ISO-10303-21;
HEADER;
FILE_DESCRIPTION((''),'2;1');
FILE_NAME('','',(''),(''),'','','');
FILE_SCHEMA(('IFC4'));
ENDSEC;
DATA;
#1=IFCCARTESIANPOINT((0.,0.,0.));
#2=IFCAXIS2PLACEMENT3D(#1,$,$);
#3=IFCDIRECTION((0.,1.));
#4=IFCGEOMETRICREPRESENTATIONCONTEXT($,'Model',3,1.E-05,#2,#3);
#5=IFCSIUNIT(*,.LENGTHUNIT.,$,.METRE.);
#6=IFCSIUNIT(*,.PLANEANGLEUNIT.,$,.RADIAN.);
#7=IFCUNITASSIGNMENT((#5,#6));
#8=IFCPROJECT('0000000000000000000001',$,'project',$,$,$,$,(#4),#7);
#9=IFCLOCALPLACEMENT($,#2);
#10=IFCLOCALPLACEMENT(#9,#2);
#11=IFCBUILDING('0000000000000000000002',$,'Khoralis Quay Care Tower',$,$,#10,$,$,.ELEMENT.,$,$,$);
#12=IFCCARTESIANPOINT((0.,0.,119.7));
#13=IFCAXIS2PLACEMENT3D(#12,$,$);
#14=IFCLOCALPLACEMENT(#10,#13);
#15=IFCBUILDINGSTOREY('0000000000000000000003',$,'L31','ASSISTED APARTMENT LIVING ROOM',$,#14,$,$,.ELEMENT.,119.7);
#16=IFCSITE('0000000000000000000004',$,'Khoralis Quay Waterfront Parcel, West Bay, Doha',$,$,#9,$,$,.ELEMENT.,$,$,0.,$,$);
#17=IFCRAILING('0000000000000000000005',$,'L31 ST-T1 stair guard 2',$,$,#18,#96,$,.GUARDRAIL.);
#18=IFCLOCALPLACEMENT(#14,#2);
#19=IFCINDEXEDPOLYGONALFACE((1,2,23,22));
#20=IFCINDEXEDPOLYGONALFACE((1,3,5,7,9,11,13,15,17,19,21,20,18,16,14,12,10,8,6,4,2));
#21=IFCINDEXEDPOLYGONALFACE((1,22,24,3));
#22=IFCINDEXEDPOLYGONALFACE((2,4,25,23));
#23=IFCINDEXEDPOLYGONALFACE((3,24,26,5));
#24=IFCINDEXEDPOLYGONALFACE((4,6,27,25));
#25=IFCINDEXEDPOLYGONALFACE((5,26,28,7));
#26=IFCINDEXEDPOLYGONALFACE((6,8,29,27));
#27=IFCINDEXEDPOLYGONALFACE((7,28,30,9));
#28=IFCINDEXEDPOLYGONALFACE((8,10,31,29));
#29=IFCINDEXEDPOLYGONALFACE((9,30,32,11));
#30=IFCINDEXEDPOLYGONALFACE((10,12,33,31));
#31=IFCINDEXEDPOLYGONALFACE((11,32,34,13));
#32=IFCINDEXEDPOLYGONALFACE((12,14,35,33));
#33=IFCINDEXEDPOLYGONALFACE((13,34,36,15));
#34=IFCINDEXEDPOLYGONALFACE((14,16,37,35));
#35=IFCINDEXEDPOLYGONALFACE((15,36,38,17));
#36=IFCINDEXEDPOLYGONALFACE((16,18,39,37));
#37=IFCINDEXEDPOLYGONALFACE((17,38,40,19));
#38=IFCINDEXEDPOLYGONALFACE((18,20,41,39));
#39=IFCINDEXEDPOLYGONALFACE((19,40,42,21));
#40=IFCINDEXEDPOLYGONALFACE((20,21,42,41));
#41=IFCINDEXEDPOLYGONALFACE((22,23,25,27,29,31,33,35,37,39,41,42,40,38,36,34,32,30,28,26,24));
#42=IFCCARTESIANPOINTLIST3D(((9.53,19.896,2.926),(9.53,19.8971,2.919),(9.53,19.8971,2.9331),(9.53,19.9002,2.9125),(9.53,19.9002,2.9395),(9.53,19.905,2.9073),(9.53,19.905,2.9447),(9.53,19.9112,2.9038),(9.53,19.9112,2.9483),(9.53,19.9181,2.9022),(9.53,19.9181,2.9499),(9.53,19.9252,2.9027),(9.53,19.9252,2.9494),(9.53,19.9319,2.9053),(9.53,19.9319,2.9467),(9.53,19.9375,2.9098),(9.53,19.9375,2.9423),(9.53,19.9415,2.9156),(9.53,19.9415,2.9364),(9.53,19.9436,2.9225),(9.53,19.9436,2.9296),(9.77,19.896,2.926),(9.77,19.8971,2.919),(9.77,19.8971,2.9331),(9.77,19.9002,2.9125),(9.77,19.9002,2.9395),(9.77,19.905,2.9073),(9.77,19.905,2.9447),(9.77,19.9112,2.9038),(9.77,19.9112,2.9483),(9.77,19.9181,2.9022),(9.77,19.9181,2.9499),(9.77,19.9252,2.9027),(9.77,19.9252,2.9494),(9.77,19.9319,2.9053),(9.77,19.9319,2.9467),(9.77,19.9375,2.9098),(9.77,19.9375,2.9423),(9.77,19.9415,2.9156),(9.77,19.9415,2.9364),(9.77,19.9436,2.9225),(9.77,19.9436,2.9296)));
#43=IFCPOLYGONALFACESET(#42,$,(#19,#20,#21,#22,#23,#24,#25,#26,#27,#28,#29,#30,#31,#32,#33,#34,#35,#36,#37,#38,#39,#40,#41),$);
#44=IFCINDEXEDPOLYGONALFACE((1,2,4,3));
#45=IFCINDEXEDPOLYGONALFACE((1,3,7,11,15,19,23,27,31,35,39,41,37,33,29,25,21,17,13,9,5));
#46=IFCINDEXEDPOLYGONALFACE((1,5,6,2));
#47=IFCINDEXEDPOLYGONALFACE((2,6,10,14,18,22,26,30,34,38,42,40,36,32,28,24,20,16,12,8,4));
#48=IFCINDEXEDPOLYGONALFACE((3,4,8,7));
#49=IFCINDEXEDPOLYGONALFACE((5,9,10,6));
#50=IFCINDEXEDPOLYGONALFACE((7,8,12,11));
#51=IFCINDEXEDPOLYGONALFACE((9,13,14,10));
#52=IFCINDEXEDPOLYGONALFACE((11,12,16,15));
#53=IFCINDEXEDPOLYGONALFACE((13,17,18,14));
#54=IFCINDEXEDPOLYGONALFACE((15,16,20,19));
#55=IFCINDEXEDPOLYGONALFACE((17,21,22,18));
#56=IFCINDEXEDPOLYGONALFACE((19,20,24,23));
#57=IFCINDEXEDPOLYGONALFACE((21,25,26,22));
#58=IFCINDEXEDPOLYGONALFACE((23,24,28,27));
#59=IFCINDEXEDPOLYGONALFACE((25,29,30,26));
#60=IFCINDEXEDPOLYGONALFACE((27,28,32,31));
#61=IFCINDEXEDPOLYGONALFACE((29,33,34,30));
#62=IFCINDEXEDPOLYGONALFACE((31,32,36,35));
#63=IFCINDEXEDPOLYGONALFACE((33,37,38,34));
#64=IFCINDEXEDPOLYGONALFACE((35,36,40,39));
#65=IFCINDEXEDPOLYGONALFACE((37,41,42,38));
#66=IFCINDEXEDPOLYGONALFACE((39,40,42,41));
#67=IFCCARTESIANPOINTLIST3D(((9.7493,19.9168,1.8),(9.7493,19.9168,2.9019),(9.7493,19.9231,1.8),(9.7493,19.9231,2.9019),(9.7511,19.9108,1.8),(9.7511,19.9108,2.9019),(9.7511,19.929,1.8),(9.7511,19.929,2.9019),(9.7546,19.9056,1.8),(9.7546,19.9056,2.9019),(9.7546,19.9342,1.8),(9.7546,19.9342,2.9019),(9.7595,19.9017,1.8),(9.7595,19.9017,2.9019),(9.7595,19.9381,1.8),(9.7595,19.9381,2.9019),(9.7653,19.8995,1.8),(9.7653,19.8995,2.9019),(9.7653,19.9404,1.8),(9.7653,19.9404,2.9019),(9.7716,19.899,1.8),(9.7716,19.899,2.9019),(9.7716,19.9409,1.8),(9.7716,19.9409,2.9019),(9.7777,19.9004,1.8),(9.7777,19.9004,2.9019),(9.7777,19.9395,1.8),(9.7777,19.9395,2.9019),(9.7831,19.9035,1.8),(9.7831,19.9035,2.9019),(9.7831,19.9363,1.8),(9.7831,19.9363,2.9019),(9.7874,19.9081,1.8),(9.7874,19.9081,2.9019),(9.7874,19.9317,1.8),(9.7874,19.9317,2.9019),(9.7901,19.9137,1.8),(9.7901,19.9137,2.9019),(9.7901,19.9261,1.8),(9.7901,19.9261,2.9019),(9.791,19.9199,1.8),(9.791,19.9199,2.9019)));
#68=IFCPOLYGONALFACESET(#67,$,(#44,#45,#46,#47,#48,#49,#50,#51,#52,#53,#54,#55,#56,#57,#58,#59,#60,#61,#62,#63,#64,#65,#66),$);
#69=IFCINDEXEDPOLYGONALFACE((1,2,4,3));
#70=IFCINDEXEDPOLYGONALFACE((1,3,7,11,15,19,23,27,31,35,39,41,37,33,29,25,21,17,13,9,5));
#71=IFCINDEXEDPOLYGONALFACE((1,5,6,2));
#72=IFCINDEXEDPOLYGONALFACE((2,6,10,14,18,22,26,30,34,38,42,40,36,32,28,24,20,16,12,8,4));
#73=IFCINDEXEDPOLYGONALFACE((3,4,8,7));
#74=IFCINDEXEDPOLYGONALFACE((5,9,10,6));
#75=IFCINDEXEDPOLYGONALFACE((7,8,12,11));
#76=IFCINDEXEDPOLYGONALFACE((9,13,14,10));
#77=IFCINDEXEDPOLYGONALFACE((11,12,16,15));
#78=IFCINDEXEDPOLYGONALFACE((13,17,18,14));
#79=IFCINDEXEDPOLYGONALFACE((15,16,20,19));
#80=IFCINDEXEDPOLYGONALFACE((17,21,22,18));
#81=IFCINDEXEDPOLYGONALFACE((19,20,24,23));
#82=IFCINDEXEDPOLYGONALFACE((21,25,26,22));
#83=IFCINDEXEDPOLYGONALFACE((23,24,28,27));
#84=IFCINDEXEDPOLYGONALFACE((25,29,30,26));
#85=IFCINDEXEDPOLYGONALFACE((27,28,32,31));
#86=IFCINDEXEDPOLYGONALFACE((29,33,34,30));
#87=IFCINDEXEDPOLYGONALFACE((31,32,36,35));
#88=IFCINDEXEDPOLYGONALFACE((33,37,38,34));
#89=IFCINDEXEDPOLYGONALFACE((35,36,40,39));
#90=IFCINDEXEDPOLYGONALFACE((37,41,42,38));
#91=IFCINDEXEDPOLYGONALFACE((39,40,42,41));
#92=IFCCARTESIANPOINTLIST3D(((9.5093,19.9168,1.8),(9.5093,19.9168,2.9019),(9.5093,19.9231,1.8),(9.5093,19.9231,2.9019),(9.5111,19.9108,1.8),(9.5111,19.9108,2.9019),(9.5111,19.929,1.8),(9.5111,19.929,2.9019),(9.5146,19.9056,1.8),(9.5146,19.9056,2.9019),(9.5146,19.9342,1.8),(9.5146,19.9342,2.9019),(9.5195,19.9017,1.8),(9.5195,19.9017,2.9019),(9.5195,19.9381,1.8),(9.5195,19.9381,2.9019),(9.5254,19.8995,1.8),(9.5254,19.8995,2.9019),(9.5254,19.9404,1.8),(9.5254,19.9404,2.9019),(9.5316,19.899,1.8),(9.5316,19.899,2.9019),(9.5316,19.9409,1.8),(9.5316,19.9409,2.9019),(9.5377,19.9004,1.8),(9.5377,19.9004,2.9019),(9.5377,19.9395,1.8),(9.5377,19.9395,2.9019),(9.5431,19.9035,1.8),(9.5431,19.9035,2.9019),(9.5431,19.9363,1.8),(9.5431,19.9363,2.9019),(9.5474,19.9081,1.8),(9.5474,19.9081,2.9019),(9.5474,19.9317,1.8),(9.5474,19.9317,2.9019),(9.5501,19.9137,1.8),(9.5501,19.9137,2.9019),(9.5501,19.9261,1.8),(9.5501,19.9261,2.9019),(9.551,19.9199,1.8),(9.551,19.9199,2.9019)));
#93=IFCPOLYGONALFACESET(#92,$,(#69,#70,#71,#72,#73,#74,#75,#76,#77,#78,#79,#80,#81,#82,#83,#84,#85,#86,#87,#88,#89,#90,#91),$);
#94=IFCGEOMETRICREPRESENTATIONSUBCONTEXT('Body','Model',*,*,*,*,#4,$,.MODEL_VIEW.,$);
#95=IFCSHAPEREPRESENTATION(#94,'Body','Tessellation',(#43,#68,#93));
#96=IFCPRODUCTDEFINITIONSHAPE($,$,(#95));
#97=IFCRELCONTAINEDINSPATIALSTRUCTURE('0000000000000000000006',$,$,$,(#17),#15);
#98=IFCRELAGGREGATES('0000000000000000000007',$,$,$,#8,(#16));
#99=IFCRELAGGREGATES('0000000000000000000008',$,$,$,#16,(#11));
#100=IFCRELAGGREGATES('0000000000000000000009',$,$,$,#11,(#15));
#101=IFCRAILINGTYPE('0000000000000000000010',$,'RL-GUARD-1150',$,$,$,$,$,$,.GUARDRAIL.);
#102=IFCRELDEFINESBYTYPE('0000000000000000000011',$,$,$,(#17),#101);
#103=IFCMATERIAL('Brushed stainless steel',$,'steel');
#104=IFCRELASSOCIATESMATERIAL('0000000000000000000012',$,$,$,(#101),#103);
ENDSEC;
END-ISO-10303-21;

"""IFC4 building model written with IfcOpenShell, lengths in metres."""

from ifc_helpers import new_model, si_unit, direction, frame, origin, origin_2d, place, context, subcontext, project, spatial, circle, extrude, material, type_object, element, save


model = new_model("IFC4")

# Units and contexts
model_context = context("Model", 3, precision=1e-05, world=origin(), true_north=direction((0.0, 1.0)))
body_context = subcontext(model_context, "Body", "Model", "MODEL_VIEW")
ifc_project = project(units=[si_unit("LENGTHUNIT", "METRE"), si_unit("PLANEANGLEUNIT", "RADIAN")], contexts=[model_context])

# Site, building, storey
site_placement = place(None, origin())
site = spatial("IfcSite", under=ifc_project, at=site_placement, Name="Khoralis Quay Waterfront Parcel, West Bay, Doha", CompositionType="ELEMENT", RefElevation=0.0)
building_placement = place(site_placement, origin())
building = spatial("IfcBuilding", under=site, at=building_placement, Name="Khoralis Quay Care Tower", CompositionType="ELEMENT")
storey_placement = place(building_placement, frame((0.0, 0.0, 119.7)))
storey = spatial("IfcBuildingStorey", under=building, at=storey_placement, Name="L31", Description="ASSISTED APARTMENT LIVING ROOM", CompositionType="ELEMENT", Elevation=119.7)

# Shared definitions
ifc_material_1 = material(Name="Brushed stainless steel", Category="steel")

# Railing
railing_type_1 = type_object("IfcRailingType", Name="RL-GUARD-1150", PredefinedType="GUARDRAIL", material=ifc_material_1)
railing_1_placement = place(storey_placement, frame((9.77, 19.9199, 1.8)))
element("IfcRailing", 1, at=railing_1_placement, inside=storey, type_object=railing_type_1, Name="L31 ST-T1 stair guard 2", PredefinedType="GUARDRAIL", context=body_context, shape_type="SweptSolid", body=[
    extrude(circle(Radius=0.0239, at=origin_2d()), frame((0.0, 0.0, 1.126), z_axis=(-1.0, 0.0, 0.0), x_axis=(0.0, -1.0, 0.0)), (0.0, 0.0, 1.0), 0.24),
    extrude(circle(Radius=0.021, at=origin_2d()), origin(), (0.0, 0.0, 1.0), 1.1018),
    extrude(circle(Radius=0.021, at=origin_2d()), frame((-0.24, 0.0, 0.0)), (0.0, 0.0, 1.0), 1.1018),
])

save(model, "model.ifc")
